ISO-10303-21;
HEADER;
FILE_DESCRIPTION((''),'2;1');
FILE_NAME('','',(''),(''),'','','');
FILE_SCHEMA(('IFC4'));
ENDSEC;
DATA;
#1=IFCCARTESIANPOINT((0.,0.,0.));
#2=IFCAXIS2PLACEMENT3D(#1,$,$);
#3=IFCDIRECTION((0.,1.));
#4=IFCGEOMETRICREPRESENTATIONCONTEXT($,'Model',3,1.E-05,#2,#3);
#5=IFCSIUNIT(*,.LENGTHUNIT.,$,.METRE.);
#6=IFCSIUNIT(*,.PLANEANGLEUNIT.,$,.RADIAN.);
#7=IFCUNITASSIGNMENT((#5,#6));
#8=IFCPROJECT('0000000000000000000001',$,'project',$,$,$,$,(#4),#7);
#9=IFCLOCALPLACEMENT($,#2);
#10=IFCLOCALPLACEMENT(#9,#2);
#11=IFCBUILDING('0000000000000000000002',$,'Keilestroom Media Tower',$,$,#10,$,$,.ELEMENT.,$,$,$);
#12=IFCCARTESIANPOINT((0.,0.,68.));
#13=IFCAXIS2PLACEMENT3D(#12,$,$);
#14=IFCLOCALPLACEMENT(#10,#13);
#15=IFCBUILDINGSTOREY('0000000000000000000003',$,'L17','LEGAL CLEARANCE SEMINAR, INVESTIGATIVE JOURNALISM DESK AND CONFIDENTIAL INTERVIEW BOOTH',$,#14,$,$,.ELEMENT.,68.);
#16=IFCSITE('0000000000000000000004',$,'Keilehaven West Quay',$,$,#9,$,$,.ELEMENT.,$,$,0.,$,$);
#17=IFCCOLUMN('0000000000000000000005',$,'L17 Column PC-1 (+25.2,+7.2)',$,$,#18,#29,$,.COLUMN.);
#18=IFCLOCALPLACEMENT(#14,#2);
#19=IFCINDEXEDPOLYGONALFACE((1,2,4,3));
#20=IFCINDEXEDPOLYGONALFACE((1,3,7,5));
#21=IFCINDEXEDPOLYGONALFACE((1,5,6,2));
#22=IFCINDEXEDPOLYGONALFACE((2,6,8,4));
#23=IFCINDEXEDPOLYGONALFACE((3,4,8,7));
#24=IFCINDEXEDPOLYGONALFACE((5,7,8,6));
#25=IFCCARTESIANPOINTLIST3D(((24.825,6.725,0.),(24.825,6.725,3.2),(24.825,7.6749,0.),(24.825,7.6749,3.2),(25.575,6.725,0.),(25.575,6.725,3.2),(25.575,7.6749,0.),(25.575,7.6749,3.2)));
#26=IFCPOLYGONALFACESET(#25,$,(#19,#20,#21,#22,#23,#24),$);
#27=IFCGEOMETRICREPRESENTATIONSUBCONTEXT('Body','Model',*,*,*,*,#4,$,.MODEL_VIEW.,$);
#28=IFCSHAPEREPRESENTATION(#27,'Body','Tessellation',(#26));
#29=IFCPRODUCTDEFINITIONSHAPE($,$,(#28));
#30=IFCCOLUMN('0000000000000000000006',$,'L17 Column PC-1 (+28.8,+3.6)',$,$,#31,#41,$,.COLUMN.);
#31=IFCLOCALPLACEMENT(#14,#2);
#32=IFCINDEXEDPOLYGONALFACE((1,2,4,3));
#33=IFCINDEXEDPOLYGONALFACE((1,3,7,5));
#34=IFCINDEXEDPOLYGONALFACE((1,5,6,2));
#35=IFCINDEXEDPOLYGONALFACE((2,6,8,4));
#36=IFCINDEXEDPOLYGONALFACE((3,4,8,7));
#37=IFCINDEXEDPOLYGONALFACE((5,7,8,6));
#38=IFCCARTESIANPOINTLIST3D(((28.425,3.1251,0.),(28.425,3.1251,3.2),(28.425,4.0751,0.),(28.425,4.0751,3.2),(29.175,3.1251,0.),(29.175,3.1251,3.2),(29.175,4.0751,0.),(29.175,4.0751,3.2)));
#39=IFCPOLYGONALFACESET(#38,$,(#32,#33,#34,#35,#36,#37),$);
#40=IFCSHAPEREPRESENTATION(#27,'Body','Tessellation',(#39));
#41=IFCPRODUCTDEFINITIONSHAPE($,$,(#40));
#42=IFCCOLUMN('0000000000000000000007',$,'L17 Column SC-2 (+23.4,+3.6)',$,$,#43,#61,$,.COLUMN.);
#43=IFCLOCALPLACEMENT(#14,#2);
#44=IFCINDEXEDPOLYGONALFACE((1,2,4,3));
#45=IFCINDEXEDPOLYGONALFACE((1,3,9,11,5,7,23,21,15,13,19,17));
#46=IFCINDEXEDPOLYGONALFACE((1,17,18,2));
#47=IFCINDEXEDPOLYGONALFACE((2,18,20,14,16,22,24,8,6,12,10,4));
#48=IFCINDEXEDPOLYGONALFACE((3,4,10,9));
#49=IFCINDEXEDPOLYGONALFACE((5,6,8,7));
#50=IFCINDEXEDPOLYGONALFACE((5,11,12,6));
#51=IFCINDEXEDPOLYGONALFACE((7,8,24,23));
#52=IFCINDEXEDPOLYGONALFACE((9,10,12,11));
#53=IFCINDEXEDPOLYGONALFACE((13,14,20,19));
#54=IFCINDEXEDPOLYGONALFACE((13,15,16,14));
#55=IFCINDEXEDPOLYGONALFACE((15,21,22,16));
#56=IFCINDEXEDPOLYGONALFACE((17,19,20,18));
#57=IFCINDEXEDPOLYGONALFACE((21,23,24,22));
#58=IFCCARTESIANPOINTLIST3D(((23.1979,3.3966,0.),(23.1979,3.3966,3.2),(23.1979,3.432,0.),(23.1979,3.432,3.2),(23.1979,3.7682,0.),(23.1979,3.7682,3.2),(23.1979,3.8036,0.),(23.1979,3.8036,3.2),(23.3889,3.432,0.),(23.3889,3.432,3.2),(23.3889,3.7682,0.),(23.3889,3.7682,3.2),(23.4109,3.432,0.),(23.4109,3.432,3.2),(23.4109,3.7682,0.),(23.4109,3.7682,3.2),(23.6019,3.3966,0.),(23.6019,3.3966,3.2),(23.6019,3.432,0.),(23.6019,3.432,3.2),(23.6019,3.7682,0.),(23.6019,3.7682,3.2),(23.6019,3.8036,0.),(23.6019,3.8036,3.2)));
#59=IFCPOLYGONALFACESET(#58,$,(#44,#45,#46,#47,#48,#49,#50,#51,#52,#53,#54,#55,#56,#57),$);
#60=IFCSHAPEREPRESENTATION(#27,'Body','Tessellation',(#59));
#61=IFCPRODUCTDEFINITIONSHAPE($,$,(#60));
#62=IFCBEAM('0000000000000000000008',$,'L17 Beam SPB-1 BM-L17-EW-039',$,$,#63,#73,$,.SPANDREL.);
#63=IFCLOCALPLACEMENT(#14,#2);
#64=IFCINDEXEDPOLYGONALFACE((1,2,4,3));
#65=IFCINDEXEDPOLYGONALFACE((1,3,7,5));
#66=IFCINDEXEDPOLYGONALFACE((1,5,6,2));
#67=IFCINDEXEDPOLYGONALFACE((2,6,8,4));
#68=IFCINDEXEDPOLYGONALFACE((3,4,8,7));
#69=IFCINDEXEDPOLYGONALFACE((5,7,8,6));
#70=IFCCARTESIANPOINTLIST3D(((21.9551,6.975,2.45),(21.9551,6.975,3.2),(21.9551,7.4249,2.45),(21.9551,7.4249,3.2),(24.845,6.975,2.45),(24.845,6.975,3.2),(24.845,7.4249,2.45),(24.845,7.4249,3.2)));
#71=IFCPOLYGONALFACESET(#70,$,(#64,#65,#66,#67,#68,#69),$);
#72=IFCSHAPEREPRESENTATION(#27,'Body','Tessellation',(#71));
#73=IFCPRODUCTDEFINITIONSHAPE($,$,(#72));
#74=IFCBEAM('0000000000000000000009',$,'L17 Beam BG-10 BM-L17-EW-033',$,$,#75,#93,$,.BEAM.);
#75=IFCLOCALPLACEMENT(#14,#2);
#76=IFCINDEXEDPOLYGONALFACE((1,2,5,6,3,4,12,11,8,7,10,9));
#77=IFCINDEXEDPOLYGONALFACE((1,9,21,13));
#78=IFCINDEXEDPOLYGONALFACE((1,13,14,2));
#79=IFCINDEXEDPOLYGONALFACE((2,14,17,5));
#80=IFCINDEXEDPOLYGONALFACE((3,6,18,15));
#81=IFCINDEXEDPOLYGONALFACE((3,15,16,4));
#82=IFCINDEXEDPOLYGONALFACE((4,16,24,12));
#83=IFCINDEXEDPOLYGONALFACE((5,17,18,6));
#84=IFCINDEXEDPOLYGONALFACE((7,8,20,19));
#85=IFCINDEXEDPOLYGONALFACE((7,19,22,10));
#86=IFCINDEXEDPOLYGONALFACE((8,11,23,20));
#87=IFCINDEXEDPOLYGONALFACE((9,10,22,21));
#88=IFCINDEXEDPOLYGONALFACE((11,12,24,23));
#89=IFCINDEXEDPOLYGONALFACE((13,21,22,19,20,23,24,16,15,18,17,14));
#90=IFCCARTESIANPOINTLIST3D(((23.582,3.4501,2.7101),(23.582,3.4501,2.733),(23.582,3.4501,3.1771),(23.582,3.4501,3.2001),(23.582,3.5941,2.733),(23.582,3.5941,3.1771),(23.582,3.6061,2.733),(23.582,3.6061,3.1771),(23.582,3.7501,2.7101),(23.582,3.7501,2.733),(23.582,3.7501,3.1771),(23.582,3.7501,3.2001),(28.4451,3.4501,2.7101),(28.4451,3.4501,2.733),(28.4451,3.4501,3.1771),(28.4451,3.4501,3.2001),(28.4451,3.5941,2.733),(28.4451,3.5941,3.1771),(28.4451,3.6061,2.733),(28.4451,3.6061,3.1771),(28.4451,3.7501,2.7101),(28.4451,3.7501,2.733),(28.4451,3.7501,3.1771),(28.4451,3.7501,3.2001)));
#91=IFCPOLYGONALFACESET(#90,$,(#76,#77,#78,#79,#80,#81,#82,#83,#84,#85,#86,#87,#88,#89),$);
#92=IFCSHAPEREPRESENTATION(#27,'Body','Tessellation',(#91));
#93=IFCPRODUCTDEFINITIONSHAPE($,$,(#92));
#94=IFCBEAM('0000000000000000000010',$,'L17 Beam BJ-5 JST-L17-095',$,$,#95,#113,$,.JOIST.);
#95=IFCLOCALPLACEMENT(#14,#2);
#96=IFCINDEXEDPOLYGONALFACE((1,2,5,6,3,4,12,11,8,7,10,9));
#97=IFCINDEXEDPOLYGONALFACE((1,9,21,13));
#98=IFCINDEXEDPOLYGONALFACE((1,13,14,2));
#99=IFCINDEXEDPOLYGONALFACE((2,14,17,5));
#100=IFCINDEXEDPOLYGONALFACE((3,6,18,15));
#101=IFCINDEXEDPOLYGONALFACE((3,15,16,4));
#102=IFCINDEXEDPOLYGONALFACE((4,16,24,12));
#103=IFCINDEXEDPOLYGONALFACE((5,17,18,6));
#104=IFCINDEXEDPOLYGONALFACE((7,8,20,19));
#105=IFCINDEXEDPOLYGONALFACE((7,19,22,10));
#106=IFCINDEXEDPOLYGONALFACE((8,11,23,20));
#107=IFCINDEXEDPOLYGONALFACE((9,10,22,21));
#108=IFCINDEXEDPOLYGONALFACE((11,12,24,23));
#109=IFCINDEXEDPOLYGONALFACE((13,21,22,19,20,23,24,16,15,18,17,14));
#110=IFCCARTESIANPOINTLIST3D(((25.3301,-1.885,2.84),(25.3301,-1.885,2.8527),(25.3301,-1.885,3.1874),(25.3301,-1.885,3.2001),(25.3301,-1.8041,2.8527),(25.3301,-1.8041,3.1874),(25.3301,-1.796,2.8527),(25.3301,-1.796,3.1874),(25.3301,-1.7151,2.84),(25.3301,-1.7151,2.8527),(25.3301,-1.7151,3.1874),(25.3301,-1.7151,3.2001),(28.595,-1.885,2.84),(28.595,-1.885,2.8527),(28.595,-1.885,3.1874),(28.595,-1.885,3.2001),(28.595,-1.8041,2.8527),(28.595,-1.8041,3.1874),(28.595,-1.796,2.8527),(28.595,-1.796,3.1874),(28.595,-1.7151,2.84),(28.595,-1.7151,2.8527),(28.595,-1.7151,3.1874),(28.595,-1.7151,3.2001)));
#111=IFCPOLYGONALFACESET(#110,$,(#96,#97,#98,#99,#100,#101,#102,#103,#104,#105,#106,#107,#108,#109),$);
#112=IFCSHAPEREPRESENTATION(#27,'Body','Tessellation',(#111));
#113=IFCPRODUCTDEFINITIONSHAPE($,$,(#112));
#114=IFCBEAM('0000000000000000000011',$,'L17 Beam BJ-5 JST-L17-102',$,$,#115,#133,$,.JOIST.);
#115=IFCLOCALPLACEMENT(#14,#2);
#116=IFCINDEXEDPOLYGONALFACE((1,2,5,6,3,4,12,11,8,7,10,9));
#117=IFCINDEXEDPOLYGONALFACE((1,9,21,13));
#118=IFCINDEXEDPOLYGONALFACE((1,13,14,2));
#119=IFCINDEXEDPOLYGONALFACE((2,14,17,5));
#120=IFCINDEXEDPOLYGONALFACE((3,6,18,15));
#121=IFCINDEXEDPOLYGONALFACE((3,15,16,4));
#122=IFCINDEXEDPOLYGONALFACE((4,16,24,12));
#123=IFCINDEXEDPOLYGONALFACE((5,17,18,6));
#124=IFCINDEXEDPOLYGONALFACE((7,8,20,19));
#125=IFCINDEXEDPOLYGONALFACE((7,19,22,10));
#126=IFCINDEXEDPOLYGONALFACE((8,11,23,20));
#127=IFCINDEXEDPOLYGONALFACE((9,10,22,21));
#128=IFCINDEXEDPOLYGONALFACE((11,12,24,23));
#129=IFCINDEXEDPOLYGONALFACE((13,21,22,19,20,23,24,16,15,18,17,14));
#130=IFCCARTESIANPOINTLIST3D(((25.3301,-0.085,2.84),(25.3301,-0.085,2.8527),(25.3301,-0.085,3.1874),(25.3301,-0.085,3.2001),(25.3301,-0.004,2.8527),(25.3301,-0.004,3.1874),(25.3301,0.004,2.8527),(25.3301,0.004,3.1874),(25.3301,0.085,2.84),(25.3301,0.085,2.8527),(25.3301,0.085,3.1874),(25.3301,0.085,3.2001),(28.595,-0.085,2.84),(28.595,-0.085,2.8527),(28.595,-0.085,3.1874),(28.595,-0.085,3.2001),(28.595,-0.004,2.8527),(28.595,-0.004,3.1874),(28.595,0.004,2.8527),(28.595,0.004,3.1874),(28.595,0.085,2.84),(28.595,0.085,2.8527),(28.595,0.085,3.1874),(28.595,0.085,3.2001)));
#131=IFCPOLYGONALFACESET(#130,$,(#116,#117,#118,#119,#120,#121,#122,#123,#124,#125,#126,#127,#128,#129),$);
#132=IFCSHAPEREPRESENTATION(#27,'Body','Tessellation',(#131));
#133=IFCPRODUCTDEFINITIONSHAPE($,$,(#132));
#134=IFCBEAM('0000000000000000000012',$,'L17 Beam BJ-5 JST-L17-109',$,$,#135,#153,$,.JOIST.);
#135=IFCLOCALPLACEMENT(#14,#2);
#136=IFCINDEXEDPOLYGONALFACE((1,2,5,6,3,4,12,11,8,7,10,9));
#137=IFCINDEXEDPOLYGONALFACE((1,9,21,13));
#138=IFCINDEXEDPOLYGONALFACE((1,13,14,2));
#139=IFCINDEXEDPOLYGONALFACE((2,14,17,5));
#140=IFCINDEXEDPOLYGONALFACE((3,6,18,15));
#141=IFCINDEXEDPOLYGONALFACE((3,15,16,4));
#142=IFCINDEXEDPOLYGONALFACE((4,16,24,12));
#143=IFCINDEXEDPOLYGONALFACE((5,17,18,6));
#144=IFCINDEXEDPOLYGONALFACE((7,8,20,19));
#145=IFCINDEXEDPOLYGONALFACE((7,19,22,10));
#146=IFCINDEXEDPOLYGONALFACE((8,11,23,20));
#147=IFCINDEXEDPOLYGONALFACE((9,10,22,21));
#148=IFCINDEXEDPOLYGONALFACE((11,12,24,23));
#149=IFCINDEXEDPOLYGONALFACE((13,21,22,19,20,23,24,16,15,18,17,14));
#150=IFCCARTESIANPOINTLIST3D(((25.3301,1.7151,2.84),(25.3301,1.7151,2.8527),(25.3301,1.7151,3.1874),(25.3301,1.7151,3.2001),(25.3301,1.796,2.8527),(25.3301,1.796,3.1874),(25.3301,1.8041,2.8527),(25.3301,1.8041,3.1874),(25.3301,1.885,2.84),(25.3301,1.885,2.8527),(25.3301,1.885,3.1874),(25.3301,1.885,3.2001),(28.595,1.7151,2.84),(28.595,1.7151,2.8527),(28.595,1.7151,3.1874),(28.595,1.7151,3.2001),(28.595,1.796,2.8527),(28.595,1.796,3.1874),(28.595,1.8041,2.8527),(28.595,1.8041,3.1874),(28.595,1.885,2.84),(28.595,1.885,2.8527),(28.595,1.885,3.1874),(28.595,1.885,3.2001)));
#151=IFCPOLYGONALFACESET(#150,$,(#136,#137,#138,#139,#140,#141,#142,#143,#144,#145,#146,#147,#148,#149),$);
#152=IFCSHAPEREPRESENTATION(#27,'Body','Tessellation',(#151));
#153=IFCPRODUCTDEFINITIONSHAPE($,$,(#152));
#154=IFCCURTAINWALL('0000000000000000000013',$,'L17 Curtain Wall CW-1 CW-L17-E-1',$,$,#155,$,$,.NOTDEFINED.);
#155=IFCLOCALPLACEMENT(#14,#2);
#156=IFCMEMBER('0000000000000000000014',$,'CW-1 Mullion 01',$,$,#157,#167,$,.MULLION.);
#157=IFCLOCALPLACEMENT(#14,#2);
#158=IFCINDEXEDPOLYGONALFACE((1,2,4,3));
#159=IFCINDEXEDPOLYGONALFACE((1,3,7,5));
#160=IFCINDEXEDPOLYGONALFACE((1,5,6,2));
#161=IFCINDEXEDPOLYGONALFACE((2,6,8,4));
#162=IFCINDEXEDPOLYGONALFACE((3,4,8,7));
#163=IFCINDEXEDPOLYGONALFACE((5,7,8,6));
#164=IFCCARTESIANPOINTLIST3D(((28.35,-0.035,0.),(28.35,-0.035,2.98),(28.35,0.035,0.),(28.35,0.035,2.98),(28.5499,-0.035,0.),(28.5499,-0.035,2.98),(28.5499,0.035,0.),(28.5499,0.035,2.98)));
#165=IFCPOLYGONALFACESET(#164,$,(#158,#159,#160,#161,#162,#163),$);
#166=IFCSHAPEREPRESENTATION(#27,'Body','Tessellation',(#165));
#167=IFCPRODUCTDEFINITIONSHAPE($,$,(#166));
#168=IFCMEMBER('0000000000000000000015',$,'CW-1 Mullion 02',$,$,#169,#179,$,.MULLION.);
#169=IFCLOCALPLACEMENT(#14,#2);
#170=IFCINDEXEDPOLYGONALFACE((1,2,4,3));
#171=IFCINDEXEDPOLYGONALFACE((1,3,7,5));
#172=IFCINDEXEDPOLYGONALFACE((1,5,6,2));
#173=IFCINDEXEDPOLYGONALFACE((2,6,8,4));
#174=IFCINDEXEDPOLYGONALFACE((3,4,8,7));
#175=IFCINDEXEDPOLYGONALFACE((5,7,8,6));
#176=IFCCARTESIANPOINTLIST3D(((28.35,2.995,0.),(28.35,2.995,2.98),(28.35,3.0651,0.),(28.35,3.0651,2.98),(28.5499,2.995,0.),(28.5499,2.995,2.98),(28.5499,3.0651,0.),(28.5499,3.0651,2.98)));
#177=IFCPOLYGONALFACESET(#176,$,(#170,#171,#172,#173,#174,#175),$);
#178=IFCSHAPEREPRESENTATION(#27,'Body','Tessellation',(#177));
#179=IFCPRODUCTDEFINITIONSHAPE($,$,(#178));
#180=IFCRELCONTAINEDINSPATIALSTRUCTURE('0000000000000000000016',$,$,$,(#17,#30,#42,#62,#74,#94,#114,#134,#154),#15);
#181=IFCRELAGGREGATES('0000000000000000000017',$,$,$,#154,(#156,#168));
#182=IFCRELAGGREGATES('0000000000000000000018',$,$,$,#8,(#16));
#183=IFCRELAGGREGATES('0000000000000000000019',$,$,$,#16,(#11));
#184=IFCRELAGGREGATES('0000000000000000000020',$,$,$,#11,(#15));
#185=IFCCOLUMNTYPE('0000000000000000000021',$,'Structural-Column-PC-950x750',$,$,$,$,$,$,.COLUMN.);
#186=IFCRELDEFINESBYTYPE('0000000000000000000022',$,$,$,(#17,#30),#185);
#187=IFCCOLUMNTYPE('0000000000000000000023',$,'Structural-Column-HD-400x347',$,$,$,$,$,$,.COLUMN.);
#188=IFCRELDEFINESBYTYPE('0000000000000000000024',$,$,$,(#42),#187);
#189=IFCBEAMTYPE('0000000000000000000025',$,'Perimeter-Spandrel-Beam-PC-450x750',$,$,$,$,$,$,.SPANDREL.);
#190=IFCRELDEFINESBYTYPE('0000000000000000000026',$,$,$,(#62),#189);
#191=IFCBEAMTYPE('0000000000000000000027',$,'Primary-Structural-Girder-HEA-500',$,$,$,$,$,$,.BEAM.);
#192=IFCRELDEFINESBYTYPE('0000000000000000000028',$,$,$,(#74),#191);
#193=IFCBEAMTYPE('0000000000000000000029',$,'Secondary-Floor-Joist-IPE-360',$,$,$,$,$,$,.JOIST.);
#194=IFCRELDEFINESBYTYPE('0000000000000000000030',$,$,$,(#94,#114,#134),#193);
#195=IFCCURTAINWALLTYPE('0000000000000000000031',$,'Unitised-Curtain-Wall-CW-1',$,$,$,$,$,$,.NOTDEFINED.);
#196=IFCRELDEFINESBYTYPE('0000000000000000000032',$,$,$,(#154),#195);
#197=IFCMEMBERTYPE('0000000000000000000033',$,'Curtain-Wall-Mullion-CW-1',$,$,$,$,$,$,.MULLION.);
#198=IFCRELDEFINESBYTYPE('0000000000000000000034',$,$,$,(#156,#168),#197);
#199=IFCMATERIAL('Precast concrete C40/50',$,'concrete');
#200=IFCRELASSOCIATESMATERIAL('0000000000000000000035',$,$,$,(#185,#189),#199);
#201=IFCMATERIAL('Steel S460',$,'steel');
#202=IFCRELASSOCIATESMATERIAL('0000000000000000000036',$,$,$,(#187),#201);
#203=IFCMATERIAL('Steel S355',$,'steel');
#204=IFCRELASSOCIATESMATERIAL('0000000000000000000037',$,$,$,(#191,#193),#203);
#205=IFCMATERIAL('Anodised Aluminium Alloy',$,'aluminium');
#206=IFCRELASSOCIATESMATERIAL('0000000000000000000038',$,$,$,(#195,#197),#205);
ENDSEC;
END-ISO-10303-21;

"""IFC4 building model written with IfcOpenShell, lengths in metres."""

from ifc_helpers import new_model, si_unit, direction, frame, origin, origin_2d, place, context, subcontext, project, spatial, rectangle, i_section, extrude, source, transform, mapped, material, material_profile, profile_set, type_object, element, aggregate, save


model = new_model("IFC4")

# Units and contexts
model_context = context("Model", 3, precision=1e-05, world=origin(), true_north=direction((0.0, 1.0)))
body_context = subcontext(model_context, "Body", "Model", "MODEL_VIEW")
ifc_project = project(units=[si_unit("LENGTHUNIT", "METRE"), si_unit("PLANEANGLEUNIT", "RADIAN")], contexts=[model_context])

# Site, building, storey
site_placement = place(None, origin())
site = spatial("IfcSite", under=ifc_project, at=site_placement, Name="Keilehaven West Quay", CompositionType="ELEMENT", RefElevation=0.0)
building_placement = place(site_placement, origin())
building = spatial("IfcBuilding", under=site, at=building_placement, Name="Keilestroom Media Tower", CompositionType="ELEMENT")
storey_placement = place(building_placement, frame((0.0, 0.0, 68.0)))
storey = spatial("IfcBuildingStorey", under=building, at=storey_placement, Name="L17", Description="LEGAL CLEARANCE SEMINAR, INVESTIGATIVE JOURNALISM DESK AND CONFIDENTIAL INTERVIEW BOOTH", CompositionType="ELEMENT", Elevation=68.0)

# Columns
ifc_material_1 = material(Name="Precast concrete C40/50", Category="concrete")
ifc_material_profile_1 = material_profile(ifc_material_1, rectangle(XDim=0.75, YDim=0.95, at=origin_2d()), Name="PC 950x750")
ifc_profile_set_1 = profile_set([ifc_material_profile_1], Name="Precast concrete C40/50")
column_type_1 = type_object("IfcColumnType", Name="Structural-Column-PC-950x750", PredefinedType="COLUMN", material=ifc_profile_set_1)
shared_shape_1 = source(origin(), body_context, "Body", "SweptSolid", [
    extrude(rectangle(XDim=0.75, YDim=0.95, at=origin_2d()), origin(), (0.0, 0.0, 1.0), 3.2),
])
for number, where, z_axis, x_axis, name in (
    (1, (25.2, 7.2, 0.0), (0.0, 0.0, 1.0), (1.0, 0.0, 0.0), "L17 Column PC-1 (+25.2,+7.2)"),
    (2, (28.8, 3.6001, 0.0), (0.0, 0.0, 1.0), (1.0, 0.0, 0.0), "L17 Column PC-1 (+28.8,+3.6)"),
):
    element("IfcColumn", number, at=place(storey_placement, frame(where, z_axis=z_axis, x_axis=x_axis)), inside=storey, type_object=column_type_1, Name=name, PredefinedType="COLUMN", context=body_context, shape_type="MappedRepresentation", body=[
        mapped(shared_shape_1, transform((0.0, 0.0, 0.0), x_axis=(1.0, 0.0, 0.0), y_axis=(0.0, 1.0, 0.0), z_axis=(0.0, 0.0, 1.0), scale=1.0)),
    ])
ifc_material_2 = material(Name="Steel S460", Category="steel")
ifc_material_profile_2 = material_profile(ifc_material_2, i_section(OverallWidth=0.4041, OverallDepth=0.407, WebThickness=0.022, FlangeThickness=0.0354, at=origin_2d()), Name="HD 400x347")
ifc_profile_set_2 = profile_set([ifc_material_profile_2], Name="Steel S460")
column_type_2 = type_object("IfcColumnType", Name="Structural-Column-HD-400x347", PredefinedType="COLUMN", material=ifc_profile_set_2)
shared_shape_2 = source(origin(), body_context, "Body", "SweptSolid", [
    extrude(i_section(OverallWidth=0.4041, OverallDepth=0.407, WebThickness=0.022, FlangeThickness=0.0354, at=origin_2d()), origin(), (0.0, 0.0, 1.0), 3.2),
])
column_placement = place(storey_placement, frame((23.3999, 3.6001, 0.0), z_axis=(0.0, 0.0, 1.0), x_axis=(1.0, 0.0, 0.0)))
element("IfcColumn", 3, at=column_placement, inside=storey, type_object=column_type_2, Name="L17 Column SC-2 (+23.4,+3.6)", PredefinedType="COLUMN", context=body_context, shape_type="MappedRepresentation", body=[
    mapped(shared_shape_2, transform((0.0, 0.0, 0.0), x_axis=(1.0, 0.0, 0.0), y_axis=(0.0, 1.0, 0.0), z_axis=(0.0, 0.0, 1.0), scale=1.0)),
])

# Beams
ifc_material_profile_3 = material_profile(ifc_material_1, rectangle(XDim=0.45, YDim=0.75, at=origin_2d()), Name="PC 450x750")
ifc_profile_set_3 = profile_set([ifc_material_profile_3], Name="Precast concrete C40/50")
beam_type_1 = type_object("IfcBeamType", Name="Perimeter-Spandrel-Beam-PC-450x750", PredefinedType="SPANDREL", material=ifc_profile_set_3)
shared_shape_3 = source(origin(), body_context, "Body", "SweptSolid", [
    extrude(rectangle(XDim=0.45, YDim=0.75, at=origin_2d()), origin(), (0.0, 0.0, 1.0), 2.8899),
])
beam_1_placement = place(storey_placement, frame((21.9551, 7.2, 2.825), z_axis=(1.0, 0.0, 0.0), x_axis=(0.0, 1.0, 0.0)))
element("IfcBeam", 4, at=beam_1_placement, inside=storey, type_object=beam_type_1, Name="L17 Beam SPB-1 BM-L17-EW-039", PredefinedType="SPANDREL", context=body_context, shape_type="MappedRepresentation", body=[
    mapped(shared_shape_3, transform((0.0, 0.0, 0.0), x_axis=(1.0, 0.0, 0.0), y_axis=(0.0, 1.0, 0.0), z_axis=(0.0, 0.0, 1.0), scale=1.0)),
])
ifc_material_3 = material(Name="Steel S355", Category="steel")
ifc_material_profile_4 = material_profile(ifc_material_3, i_section(OverallWidth=0.3, OverallDepth=0.49, WebThickness=0.012, FlangeThickness=0.0229, at=origin_2d()), Name="HEA 500")
ifc_profile_set_4 = profile_set([ifc_material_profile_4], Name="Steel S355")
beam_type_2 = type_object("IfcBeamType", Name="Primary-Structural-Girder-HEA-500", PredefinedType="BEAM", material=ifc_profile_set_4)
shared_shape_4 = source(origin(), body_context, "Body", "SweptSolid", [
    extrude(i_section(OverallWidth=0.3, OverallDepth=0.49, WebThickness=0.012, FlangeThickness=0.0229, at=origin_2d()), origin(), (0.0, 0.0, 1.0), 4.863),
])
beam_2_placement = place(storey_placement, frame((23.582, 3.6001, 2.9551), z_axis=(1.0, 0.0, 0.0), x_axis=(0.0, 1.0, 0.0)))
element("IfcBeam", 5, at=beam_2_placement, inside=storey, type_object=beam_type_2, Name="L17 Beam BG-10 BM-L17-EW-033", PredefinedType="BEAM", context=body_context, shape_type="MappedRepresentation", body=[
    mapped(shared_shape_4, transform((0.0, 0.0, 0.0), x_axis=(1.0, 0.0, 0.0), y_axis=(0.0, 1.0, 0.0), z_axis=(0.0, 0.0, 1.0), scale=1.0)),
])
ifc_material_profile_5 = material_profile(ifc_material_3, i_section(OverallWidth=0.1699, OverallDepth=0.3601, WebThickness=0.0081, FlangeThickness=0.0127, at=origin_2d()), Name="IPE 360")
ifc_profile_set_5 = profile_set([ifc_material_profile_5], Name="Steel S355")
beam_type_3 = type_object("IfcBeamType", Name="Secondary-Floor-Joist-IPE-360", PredefinedType="JOIST", material=ifc_profile_set_5)
shared_shape_5 = source(origin(), body_context, "Body", "SweptSolid", [
    extrude(i_section(OverallWidth=0.1699, OverallDepth=0.3601, WebThickness=0.0081, FlangeThickness=0.0127, at=origin_2d()), origin(), (0.0, 0.0, 1.0), 3.2649),
])
for number, where, z_axis, x_axis, name in (
    (6, (25.3301, -1.8, 3.02), (1.0, 0.0, 0.0), (0.0, 1.0, 0.0), "L17 Beam BJ-5 JST-L17-095"),
    (7, (25.3301, 0.0, 3.02), (1.0, 0.0, 0.0), (0.0, 1.0, 0.0), "L17 Beam BJ-5 JST-L17-102"),
    (8, (25.3301, 1.8, 3.02), (1.0, 0.0, 0.0), (0.0, 1.0, 0.0), "L17 Beam BJ-5 JST-L17-109"),
):
    element("IfcBeam", number, at=place(storey_placement, frame(where, z_axis=z_axis, x_axis=x_axis)), inside=storey, type_object=beam_type_3, Name=name, PredefinedType="JOIST", context=body_context, shape_type="MappedRepresentation", body=[
        mapped(shared_shape_5, transform((0.0, 0.0, 0.0), x_axis=(1.0, 0.0, 0.0), y_axis=(0.0, 1.0, 0.0), z_axis=(0.0, 0.0, 1.0), scale=1.0)),
    ])

# Curtain wall, members
ifc_material_4 = material(Name="Anodised Aluminium Alloy", Category="aluminium")
curtain_wall_type = type_object("IfcCurtainWallType", Name="Unitised-Curtain-Wall-CW-1", PredefinedType="NOTDEFINED", material=ifc_material_4)
curtain_wall_1_placement = place(storey_placement, origin())
curtain_wall_1 = element("IfcCurtainWall", 9, at=curtain_wall_1_placement, inside=storey, type_object=curtain_wall_type, Name="L17 Curtain Wall CW-1 CW-L17-E-1", PredefinedType="NOTDEFINED")
ifc_material_profile_6 = material_profile(ifc_material_4, rectangle(XDim=0.0701, YDim=0.2, at=origin_2d()), Name="ALU MULLION 70x200")
ifc_profile_set_6 = profile_set([ifc_material_profile_6], Name="Anodised Aluminium Alloy")
member_type_1 = type_object("IfcMemberType", Name="Curtain-Wall-Mullion-CW-1", PredefinedType="MULLION", material=ifc_profile_set_6)
shared_shape_6 = source(origin(), body_context, "Body", "SweptSolid", [
    extrude(rectangle(XDim=0.0701, YDim=0.2, at=origin_2d()), origin(), (0.0, 0.0, 1.0), 2.98),
])
member_1_placement = place(storey_placement, frame((28.45, 0.0, 0.0), z_axis=(0.0, 0.0, 1.0), x_axis=(0.0, 1.0, 0.0)))
member_1 = element("IfcMember", 10, at=member_1_placement, type_object=member_type_1, Name="CW-1 Mullion 01", PredefinedType="MULLION", context=body_context, shape_type="MappedRepresentation", body=[
    mapped(shared_shape_6, transform((0.0, 0.0, 0.0), x_axis=(1.0, 0.0, 0.0), y_axis=(0.0, 1.0, 0.0), z_axis=(0.0, 0.0, 1.0), scale=1.0)),
])
member_2_placement = place(storey_placement, frame((28.45, 3.03, 0.0), z_axis=(0.0, 0.0, 1.0), x_axis=(0.0, 1.0, 0.0)))
member_2 = element("IfcMember", 11, at=member_2_placement, type_object=member_type_1, Name="CW-1 Mullion 02", PredefinedType="MULLION", context=body_context, shape_type="MappedRepresentation", body=[
    mapped(shared_shape_6, transform((0.0, 0.0, 0.0), x_axis=(1.0, 0.0, 0.0), y_axis=(0.0, 1.0, 0.0), z_axis=(0.0, 0.0, 1.0), scale=1.0)),
])

aggregate(curtain_wall_1, [member_1, member_2])

save(model, "model.ifc")
